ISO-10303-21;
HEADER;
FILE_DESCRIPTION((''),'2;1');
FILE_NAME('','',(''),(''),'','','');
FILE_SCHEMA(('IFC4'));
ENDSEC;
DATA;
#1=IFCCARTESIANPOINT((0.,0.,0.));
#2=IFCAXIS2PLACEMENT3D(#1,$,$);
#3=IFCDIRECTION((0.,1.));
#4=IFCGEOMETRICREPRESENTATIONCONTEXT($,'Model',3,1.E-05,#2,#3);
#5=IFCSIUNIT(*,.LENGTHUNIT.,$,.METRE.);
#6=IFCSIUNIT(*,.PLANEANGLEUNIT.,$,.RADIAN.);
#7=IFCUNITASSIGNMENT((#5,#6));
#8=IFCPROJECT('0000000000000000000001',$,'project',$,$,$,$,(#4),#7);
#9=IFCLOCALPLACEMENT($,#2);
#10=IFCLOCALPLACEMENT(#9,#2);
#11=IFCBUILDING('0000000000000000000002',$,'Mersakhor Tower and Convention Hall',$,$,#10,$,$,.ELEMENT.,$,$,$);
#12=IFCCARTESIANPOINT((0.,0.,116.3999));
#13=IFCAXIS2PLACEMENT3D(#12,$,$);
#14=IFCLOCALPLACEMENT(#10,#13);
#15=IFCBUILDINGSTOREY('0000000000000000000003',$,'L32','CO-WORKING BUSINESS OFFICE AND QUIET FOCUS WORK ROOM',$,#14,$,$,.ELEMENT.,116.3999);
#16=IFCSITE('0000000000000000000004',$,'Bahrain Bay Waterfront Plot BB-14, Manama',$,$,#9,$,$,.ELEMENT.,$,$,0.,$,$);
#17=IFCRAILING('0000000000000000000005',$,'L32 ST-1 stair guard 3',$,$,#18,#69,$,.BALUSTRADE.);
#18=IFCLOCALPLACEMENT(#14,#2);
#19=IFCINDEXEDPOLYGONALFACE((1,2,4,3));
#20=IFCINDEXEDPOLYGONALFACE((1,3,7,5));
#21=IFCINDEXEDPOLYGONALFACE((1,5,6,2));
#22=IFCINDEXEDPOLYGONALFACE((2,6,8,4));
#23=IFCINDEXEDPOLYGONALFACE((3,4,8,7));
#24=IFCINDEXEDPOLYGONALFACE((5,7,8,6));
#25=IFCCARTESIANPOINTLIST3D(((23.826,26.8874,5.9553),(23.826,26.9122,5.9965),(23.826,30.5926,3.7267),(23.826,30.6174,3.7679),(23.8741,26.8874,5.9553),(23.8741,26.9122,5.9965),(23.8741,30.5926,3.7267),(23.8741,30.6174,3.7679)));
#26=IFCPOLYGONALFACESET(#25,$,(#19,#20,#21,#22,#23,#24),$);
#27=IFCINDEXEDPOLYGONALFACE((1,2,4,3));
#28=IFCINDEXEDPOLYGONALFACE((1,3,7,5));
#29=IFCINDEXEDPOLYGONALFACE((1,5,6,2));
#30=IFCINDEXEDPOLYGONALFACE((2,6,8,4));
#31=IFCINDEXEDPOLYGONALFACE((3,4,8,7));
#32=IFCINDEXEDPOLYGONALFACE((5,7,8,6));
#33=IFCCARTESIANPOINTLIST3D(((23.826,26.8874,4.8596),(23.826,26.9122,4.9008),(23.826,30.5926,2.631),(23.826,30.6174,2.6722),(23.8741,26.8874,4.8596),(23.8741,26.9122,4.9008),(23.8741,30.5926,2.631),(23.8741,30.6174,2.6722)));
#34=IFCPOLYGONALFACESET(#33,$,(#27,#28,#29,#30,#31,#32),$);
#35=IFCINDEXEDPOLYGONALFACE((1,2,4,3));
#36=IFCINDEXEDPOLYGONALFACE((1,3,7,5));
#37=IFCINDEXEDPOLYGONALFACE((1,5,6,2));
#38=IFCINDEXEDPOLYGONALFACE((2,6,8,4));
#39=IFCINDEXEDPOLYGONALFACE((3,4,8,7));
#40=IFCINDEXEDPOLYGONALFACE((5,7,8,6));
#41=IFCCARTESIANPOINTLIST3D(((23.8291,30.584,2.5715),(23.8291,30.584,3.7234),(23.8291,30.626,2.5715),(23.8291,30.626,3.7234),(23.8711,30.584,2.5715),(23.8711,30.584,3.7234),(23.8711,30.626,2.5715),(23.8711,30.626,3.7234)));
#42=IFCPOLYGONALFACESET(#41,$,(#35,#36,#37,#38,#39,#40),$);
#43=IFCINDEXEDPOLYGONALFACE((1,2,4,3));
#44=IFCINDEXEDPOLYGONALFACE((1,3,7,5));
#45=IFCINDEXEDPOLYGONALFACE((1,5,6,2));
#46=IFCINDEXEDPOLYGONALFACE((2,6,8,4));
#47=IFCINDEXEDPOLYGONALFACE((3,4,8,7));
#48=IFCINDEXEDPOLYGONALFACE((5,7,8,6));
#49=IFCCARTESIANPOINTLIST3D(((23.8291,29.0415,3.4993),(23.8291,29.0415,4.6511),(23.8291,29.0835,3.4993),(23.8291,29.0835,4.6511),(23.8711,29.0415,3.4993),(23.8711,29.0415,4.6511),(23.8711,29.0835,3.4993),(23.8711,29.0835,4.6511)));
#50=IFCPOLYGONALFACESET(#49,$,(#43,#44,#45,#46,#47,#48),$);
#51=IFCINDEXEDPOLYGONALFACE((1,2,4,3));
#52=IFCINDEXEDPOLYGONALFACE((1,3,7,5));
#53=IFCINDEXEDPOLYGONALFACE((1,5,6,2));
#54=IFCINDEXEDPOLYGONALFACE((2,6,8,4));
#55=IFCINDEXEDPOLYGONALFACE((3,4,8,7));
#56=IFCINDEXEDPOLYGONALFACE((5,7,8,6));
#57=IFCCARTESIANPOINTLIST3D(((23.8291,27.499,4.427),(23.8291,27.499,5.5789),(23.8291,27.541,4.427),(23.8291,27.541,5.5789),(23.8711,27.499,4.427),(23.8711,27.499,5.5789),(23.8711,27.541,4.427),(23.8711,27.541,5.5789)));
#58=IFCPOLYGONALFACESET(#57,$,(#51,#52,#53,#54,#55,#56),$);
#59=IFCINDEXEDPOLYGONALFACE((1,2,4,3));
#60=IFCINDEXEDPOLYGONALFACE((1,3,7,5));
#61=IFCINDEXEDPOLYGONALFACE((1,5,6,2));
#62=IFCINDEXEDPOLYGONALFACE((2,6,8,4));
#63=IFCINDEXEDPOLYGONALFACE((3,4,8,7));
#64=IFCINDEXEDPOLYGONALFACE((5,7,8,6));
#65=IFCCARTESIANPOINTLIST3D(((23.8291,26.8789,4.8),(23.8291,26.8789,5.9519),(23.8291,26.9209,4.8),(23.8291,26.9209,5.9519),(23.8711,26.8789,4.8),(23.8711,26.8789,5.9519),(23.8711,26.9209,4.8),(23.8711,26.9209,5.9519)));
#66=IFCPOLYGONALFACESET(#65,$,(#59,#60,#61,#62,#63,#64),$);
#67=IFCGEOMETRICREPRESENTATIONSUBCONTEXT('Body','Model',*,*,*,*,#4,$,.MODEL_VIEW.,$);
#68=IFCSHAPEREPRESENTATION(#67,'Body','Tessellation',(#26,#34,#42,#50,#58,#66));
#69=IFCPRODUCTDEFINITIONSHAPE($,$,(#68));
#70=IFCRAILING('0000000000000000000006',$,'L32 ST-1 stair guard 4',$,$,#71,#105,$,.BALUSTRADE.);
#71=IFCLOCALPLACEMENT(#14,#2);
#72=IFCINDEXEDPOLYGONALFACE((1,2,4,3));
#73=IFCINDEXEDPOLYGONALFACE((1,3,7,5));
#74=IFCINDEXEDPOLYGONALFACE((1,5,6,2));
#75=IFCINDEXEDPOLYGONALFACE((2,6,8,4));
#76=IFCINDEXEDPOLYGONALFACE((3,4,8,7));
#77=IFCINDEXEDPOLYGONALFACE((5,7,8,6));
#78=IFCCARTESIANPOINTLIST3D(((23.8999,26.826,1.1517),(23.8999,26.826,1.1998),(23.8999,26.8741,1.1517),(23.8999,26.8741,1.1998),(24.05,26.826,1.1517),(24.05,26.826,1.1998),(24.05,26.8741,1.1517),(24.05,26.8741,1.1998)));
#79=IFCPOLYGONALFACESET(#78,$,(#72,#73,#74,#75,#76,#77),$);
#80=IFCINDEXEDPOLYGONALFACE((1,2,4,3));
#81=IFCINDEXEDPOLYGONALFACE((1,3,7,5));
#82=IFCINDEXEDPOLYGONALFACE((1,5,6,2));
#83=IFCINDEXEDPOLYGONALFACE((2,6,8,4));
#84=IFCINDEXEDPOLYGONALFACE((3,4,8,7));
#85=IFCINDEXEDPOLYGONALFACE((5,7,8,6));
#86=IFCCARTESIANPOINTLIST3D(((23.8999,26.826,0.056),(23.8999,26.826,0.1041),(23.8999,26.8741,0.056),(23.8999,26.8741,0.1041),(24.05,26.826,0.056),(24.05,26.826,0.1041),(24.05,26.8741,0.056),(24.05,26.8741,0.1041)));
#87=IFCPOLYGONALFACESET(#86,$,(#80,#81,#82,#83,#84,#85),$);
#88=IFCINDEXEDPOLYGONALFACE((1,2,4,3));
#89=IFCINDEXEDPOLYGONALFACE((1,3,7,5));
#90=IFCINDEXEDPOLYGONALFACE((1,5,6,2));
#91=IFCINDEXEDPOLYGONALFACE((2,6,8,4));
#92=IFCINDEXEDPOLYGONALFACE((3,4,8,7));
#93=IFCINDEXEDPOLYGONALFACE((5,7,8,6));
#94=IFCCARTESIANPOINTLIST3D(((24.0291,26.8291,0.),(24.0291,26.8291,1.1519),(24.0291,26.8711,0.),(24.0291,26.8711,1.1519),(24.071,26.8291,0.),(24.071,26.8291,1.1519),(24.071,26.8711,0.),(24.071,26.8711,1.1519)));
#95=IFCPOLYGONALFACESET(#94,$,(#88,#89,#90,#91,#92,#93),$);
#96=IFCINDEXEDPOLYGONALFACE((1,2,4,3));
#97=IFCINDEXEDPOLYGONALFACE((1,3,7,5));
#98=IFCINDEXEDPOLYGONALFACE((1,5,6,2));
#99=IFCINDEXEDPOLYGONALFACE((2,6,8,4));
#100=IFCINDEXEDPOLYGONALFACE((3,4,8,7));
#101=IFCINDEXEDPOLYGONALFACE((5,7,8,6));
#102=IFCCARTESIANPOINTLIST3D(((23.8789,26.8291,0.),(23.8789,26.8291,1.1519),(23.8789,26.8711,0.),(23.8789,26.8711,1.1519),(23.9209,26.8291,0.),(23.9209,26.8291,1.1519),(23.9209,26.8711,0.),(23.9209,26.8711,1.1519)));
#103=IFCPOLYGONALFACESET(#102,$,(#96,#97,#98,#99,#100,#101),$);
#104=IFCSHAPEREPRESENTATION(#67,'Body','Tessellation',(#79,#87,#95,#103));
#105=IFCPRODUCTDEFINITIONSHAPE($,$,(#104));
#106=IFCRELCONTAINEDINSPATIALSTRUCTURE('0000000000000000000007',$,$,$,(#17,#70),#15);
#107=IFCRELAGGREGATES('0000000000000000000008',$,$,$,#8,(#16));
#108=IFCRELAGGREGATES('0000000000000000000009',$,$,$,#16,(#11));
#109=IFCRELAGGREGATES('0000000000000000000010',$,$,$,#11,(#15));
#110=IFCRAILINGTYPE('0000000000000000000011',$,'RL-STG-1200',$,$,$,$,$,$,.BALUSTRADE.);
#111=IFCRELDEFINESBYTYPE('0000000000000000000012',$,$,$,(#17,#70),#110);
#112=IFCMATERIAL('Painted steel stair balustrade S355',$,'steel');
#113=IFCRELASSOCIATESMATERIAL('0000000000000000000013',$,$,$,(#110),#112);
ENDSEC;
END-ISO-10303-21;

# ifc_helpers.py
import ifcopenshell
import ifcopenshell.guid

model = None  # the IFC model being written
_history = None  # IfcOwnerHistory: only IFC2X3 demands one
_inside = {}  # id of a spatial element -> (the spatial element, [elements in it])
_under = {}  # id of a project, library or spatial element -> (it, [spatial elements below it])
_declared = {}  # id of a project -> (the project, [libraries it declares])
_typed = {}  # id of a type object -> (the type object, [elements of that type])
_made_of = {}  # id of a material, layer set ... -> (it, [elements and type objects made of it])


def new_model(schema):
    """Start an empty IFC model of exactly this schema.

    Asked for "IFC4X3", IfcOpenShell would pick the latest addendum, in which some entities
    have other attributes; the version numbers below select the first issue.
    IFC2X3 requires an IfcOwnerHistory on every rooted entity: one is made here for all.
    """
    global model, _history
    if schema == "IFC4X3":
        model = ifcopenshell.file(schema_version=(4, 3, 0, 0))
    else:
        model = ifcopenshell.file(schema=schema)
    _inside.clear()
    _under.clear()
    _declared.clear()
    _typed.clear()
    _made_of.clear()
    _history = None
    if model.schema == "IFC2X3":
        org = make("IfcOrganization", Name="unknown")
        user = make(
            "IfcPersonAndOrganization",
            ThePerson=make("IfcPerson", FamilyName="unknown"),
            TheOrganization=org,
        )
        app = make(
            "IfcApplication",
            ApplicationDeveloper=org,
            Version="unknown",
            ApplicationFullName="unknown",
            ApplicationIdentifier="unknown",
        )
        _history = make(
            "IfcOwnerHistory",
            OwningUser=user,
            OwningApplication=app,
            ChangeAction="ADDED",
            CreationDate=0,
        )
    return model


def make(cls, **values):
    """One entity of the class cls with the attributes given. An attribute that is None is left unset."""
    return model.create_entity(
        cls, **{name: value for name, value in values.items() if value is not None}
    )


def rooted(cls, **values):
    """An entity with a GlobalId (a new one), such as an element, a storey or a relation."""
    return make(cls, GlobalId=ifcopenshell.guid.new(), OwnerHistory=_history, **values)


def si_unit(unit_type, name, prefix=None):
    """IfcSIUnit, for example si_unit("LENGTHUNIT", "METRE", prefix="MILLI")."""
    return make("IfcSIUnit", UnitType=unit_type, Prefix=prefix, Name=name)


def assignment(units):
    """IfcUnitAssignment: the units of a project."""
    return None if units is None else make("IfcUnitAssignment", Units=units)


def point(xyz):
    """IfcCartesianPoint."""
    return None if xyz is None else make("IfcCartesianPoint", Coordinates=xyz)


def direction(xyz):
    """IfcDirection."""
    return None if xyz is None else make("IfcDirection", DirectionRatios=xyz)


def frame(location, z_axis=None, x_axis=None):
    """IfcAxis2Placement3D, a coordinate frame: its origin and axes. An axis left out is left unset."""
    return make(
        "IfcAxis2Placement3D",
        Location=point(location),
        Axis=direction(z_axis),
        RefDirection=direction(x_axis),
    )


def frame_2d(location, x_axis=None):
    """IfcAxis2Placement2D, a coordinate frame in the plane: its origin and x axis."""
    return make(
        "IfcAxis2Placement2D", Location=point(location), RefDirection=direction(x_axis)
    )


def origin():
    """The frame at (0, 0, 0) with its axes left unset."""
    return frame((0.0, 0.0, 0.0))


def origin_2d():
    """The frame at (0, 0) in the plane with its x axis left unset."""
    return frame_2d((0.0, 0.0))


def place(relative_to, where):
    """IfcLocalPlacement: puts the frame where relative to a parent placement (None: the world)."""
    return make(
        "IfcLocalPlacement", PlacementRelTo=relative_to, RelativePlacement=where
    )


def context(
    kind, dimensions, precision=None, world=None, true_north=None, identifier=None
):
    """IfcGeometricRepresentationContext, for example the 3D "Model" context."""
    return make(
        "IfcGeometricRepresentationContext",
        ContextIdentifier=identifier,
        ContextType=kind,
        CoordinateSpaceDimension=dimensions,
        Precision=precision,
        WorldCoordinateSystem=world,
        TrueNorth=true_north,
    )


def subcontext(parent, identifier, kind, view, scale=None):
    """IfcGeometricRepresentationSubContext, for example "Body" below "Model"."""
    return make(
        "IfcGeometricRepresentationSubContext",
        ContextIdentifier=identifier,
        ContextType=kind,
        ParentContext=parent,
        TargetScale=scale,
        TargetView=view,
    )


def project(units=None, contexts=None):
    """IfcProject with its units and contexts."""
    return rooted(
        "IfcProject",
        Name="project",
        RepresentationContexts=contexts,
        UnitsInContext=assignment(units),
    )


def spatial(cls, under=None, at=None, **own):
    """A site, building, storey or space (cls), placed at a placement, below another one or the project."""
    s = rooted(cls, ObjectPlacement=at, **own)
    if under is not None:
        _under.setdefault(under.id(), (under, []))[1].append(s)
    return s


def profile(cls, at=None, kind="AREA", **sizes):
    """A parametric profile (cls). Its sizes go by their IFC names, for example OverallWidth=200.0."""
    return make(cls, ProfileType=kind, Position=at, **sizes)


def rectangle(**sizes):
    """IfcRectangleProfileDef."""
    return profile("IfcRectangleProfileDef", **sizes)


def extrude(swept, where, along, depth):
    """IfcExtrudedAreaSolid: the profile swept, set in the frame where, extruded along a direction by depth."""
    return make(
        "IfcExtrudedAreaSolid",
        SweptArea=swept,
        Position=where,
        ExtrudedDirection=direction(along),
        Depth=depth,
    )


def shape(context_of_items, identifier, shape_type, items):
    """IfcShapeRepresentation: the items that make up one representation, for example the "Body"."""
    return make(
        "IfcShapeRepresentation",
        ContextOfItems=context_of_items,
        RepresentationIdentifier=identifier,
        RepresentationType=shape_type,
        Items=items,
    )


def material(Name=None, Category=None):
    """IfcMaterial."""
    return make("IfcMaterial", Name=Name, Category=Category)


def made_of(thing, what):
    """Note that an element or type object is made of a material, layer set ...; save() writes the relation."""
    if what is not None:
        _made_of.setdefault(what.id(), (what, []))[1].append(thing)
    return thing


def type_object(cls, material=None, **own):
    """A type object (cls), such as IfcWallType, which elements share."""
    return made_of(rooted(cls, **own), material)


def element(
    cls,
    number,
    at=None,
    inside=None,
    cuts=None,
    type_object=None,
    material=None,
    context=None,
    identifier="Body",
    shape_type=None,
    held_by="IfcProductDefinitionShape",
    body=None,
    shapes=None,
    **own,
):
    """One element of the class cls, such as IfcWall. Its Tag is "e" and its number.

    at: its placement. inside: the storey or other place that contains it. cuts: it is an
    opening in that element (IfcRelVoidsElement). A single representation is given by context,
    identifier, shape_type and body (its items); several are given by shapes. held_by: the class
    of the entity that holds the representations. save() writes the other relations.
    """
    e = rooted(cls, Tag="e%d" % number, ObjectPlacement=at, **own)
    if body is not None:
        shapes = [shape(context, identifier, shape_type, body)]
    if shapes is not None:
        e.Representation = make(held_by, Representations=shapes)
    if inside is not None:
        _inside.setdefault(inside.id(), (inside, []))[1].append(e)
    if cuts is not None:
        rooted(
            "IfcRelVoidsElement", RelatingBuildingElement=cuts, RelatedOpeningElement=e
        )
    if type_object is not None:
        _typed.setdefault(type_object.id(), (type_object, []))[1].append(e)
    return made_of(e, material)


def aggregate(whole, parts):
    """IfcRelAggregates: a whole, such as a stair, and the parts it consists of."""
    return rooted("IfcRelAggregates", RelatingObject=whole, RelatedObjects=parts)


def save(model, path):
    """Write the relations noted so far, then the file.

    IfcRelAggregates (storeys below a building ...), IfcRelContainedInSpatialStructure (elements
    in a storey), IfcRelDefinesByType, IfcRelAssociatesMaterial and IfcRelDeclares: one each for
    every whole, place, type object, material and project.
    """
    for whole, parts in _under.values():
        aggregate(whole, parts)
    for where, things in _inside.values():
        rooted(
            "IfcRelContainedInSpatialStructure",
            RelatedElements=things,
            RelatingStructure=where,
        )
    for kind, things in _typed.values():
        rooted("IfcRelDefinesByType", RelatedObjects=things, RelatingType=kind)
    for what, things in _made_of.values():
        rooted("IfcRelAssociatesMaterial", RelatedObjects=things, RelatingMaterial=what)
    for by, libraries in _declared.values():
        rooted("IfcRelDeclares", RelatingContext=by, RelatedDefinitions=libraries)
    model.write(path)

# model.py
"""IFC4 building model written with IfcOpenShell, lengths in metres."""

from ifc_helpers import new_model, si_unit, direction, frame, origin, origin_2d, place, context, subcontext, project, spatial, rectangle, extrude, material, type_object, element, save


model = new_model("IFC4")

# Units and contexts
model_context = context("Model", 3, precision=1e-05, world=origin(), true_north=direction((0.0, 1.0)))
body_context = subcontext(model_context, "Body", "Model", "MODEL_VIEW")
ifc_project = project(units=[si_unit("LENGTHUNIT", "METRE"), si_unit("PLANEANGLEUNIT", "RADIAN")], contexts=[model_context])

# Site, building, storey
site_placement = place(None, origin())
site = spatial("IfcSite", under=ifc_project, at=site_placement, Name="Bahrain Bay Waterfront Plot BB-14, Manama", CompositionType="ELEMENT", RefElevation=0.0)
building_placement = place(site_placement, origin())
building = spatial("IfcBuilding", under=site, at=building_placement, Name="Mersakhor Tower and Convention Hall", CompositionType="ELEMENT")
storey_placement = place(building_placement, frame((0.0, 0.0, 116.3999)))
storey = spatial("IfcBuildingStorey", under=building, at=storey_placement, Name="L32", Description="CO-WORKING BUSINESS OFFICE AND QUIET FOCUS WORK ROOM", CompositionType="ELEMENT", Elevation=116.3999)

# Railings
ifc_material_1 = material(Name="Painted steel stair balustrade S355", Category="steel")
railing_type_1 = type_object("IfcRailingType", Name="RL-STG-1200", PredefinedType="BALUSTRADE", material=ifc_material_1)
railing_1_placement = place(storey_placement, frame((23.8501, 30.605, 2.5715)))
element("IfcRailing", 1, at=railing_1_placement, inside=storey, type_object=railing_type_1, Name="L32 ST-1 stair guard 3", PredefinedType="BALUSTRADE", context=body_context, shape_type="SweptSolid", body=[
    extrude(rectangle(XDim=0.0481, YDim=0.0481, at=origin_2d()), frame((0.0, 0.0, 1.1758), z_axis=(0.0, -0.856934, 0.515425), x_axis=(1.0, 0.0, 0.0)), (0.0, 0.0, 1.0), 4.3237),
    extrude(rectangle(XDim=0.0481, YDim=0.0481, at=origin_2d()), frame((0.0, 0.0, 0.0801), z_axis=(0.0, -0.856934, 0.515425), x_axis=(1.0, 0.0, 0.0)), (0.0, 0.0, 1.0), 4.3237),
    extrude(rectangle(XDim=0.042, YDim=0.042, at=origin_2d()), origin(), (0.0, 0.0, 1.0), 1.1519),
    extrude(rectangle(XDim=0.042, YDim=0.042, at=origin_2d()), frame((0.0, -1.5425, 0.9277)), (0.0, 0.0, 1.0), 1.1519),
    extrude(rectangle(XDim=0.042, YDim=0.042, at=origin_2d()), frame((0.0, -3.085, 1.8555)), (0.0, 0.0, 1.0), 1.1519),
    extrude(rectangle(XDim=0.042, YDim=0.042, at=origin_2d()), frame((0.0, -3.7051, 2.2285)), (0.0, 0.0, 1.0), 1.1519),
])
railing_2_placement = place(storey_placement, frame((24.05, 26.8501, 0.0)))
element("IfcRailing", 2, at=railing_2_placement, inside=storey, type_object=railing_type_1, Name="L32 ST-1 stair guard 4", PredefinedType="BALUSTRADE", context=body_context, shape_type="SweptSolid", body=[
    extrude(rectangle(XDim=0.0481, YDim=0.0481, at=origin_2d()), frame((0.0, 0.0, 1.1758), z_axis=(-1.0, 0.0, 0.0), x_axis=(0.0, -1.0, 0.0)), (0.0, 0.0, 1.0), 0.1501),
    extrude(rectangle(XDim=0.0481, YDim=0.0481, at=origin_2d()), frame((0.0, 0.0, 0.0801), z_axis=(-1.0, 0.0, 0.0), x_axis=(0.0, -1.0, 0.0)), (0.0, 0.0, 1.0), 0.1501),
    extrude(rectangle(XDim=0.042, YDim=0.042, at=origin_2d()), origin(), (0.0, 0.0, 1.0), 1.1519),
    extrude(rectangle(XDim=0.042, YDim=0.042, at=origin_2d()), frame((-0.1501, 0.0, 0.0)), (0.0, 0.0, 1.0), 1.1519),
])

save(model, "model.ifc")
